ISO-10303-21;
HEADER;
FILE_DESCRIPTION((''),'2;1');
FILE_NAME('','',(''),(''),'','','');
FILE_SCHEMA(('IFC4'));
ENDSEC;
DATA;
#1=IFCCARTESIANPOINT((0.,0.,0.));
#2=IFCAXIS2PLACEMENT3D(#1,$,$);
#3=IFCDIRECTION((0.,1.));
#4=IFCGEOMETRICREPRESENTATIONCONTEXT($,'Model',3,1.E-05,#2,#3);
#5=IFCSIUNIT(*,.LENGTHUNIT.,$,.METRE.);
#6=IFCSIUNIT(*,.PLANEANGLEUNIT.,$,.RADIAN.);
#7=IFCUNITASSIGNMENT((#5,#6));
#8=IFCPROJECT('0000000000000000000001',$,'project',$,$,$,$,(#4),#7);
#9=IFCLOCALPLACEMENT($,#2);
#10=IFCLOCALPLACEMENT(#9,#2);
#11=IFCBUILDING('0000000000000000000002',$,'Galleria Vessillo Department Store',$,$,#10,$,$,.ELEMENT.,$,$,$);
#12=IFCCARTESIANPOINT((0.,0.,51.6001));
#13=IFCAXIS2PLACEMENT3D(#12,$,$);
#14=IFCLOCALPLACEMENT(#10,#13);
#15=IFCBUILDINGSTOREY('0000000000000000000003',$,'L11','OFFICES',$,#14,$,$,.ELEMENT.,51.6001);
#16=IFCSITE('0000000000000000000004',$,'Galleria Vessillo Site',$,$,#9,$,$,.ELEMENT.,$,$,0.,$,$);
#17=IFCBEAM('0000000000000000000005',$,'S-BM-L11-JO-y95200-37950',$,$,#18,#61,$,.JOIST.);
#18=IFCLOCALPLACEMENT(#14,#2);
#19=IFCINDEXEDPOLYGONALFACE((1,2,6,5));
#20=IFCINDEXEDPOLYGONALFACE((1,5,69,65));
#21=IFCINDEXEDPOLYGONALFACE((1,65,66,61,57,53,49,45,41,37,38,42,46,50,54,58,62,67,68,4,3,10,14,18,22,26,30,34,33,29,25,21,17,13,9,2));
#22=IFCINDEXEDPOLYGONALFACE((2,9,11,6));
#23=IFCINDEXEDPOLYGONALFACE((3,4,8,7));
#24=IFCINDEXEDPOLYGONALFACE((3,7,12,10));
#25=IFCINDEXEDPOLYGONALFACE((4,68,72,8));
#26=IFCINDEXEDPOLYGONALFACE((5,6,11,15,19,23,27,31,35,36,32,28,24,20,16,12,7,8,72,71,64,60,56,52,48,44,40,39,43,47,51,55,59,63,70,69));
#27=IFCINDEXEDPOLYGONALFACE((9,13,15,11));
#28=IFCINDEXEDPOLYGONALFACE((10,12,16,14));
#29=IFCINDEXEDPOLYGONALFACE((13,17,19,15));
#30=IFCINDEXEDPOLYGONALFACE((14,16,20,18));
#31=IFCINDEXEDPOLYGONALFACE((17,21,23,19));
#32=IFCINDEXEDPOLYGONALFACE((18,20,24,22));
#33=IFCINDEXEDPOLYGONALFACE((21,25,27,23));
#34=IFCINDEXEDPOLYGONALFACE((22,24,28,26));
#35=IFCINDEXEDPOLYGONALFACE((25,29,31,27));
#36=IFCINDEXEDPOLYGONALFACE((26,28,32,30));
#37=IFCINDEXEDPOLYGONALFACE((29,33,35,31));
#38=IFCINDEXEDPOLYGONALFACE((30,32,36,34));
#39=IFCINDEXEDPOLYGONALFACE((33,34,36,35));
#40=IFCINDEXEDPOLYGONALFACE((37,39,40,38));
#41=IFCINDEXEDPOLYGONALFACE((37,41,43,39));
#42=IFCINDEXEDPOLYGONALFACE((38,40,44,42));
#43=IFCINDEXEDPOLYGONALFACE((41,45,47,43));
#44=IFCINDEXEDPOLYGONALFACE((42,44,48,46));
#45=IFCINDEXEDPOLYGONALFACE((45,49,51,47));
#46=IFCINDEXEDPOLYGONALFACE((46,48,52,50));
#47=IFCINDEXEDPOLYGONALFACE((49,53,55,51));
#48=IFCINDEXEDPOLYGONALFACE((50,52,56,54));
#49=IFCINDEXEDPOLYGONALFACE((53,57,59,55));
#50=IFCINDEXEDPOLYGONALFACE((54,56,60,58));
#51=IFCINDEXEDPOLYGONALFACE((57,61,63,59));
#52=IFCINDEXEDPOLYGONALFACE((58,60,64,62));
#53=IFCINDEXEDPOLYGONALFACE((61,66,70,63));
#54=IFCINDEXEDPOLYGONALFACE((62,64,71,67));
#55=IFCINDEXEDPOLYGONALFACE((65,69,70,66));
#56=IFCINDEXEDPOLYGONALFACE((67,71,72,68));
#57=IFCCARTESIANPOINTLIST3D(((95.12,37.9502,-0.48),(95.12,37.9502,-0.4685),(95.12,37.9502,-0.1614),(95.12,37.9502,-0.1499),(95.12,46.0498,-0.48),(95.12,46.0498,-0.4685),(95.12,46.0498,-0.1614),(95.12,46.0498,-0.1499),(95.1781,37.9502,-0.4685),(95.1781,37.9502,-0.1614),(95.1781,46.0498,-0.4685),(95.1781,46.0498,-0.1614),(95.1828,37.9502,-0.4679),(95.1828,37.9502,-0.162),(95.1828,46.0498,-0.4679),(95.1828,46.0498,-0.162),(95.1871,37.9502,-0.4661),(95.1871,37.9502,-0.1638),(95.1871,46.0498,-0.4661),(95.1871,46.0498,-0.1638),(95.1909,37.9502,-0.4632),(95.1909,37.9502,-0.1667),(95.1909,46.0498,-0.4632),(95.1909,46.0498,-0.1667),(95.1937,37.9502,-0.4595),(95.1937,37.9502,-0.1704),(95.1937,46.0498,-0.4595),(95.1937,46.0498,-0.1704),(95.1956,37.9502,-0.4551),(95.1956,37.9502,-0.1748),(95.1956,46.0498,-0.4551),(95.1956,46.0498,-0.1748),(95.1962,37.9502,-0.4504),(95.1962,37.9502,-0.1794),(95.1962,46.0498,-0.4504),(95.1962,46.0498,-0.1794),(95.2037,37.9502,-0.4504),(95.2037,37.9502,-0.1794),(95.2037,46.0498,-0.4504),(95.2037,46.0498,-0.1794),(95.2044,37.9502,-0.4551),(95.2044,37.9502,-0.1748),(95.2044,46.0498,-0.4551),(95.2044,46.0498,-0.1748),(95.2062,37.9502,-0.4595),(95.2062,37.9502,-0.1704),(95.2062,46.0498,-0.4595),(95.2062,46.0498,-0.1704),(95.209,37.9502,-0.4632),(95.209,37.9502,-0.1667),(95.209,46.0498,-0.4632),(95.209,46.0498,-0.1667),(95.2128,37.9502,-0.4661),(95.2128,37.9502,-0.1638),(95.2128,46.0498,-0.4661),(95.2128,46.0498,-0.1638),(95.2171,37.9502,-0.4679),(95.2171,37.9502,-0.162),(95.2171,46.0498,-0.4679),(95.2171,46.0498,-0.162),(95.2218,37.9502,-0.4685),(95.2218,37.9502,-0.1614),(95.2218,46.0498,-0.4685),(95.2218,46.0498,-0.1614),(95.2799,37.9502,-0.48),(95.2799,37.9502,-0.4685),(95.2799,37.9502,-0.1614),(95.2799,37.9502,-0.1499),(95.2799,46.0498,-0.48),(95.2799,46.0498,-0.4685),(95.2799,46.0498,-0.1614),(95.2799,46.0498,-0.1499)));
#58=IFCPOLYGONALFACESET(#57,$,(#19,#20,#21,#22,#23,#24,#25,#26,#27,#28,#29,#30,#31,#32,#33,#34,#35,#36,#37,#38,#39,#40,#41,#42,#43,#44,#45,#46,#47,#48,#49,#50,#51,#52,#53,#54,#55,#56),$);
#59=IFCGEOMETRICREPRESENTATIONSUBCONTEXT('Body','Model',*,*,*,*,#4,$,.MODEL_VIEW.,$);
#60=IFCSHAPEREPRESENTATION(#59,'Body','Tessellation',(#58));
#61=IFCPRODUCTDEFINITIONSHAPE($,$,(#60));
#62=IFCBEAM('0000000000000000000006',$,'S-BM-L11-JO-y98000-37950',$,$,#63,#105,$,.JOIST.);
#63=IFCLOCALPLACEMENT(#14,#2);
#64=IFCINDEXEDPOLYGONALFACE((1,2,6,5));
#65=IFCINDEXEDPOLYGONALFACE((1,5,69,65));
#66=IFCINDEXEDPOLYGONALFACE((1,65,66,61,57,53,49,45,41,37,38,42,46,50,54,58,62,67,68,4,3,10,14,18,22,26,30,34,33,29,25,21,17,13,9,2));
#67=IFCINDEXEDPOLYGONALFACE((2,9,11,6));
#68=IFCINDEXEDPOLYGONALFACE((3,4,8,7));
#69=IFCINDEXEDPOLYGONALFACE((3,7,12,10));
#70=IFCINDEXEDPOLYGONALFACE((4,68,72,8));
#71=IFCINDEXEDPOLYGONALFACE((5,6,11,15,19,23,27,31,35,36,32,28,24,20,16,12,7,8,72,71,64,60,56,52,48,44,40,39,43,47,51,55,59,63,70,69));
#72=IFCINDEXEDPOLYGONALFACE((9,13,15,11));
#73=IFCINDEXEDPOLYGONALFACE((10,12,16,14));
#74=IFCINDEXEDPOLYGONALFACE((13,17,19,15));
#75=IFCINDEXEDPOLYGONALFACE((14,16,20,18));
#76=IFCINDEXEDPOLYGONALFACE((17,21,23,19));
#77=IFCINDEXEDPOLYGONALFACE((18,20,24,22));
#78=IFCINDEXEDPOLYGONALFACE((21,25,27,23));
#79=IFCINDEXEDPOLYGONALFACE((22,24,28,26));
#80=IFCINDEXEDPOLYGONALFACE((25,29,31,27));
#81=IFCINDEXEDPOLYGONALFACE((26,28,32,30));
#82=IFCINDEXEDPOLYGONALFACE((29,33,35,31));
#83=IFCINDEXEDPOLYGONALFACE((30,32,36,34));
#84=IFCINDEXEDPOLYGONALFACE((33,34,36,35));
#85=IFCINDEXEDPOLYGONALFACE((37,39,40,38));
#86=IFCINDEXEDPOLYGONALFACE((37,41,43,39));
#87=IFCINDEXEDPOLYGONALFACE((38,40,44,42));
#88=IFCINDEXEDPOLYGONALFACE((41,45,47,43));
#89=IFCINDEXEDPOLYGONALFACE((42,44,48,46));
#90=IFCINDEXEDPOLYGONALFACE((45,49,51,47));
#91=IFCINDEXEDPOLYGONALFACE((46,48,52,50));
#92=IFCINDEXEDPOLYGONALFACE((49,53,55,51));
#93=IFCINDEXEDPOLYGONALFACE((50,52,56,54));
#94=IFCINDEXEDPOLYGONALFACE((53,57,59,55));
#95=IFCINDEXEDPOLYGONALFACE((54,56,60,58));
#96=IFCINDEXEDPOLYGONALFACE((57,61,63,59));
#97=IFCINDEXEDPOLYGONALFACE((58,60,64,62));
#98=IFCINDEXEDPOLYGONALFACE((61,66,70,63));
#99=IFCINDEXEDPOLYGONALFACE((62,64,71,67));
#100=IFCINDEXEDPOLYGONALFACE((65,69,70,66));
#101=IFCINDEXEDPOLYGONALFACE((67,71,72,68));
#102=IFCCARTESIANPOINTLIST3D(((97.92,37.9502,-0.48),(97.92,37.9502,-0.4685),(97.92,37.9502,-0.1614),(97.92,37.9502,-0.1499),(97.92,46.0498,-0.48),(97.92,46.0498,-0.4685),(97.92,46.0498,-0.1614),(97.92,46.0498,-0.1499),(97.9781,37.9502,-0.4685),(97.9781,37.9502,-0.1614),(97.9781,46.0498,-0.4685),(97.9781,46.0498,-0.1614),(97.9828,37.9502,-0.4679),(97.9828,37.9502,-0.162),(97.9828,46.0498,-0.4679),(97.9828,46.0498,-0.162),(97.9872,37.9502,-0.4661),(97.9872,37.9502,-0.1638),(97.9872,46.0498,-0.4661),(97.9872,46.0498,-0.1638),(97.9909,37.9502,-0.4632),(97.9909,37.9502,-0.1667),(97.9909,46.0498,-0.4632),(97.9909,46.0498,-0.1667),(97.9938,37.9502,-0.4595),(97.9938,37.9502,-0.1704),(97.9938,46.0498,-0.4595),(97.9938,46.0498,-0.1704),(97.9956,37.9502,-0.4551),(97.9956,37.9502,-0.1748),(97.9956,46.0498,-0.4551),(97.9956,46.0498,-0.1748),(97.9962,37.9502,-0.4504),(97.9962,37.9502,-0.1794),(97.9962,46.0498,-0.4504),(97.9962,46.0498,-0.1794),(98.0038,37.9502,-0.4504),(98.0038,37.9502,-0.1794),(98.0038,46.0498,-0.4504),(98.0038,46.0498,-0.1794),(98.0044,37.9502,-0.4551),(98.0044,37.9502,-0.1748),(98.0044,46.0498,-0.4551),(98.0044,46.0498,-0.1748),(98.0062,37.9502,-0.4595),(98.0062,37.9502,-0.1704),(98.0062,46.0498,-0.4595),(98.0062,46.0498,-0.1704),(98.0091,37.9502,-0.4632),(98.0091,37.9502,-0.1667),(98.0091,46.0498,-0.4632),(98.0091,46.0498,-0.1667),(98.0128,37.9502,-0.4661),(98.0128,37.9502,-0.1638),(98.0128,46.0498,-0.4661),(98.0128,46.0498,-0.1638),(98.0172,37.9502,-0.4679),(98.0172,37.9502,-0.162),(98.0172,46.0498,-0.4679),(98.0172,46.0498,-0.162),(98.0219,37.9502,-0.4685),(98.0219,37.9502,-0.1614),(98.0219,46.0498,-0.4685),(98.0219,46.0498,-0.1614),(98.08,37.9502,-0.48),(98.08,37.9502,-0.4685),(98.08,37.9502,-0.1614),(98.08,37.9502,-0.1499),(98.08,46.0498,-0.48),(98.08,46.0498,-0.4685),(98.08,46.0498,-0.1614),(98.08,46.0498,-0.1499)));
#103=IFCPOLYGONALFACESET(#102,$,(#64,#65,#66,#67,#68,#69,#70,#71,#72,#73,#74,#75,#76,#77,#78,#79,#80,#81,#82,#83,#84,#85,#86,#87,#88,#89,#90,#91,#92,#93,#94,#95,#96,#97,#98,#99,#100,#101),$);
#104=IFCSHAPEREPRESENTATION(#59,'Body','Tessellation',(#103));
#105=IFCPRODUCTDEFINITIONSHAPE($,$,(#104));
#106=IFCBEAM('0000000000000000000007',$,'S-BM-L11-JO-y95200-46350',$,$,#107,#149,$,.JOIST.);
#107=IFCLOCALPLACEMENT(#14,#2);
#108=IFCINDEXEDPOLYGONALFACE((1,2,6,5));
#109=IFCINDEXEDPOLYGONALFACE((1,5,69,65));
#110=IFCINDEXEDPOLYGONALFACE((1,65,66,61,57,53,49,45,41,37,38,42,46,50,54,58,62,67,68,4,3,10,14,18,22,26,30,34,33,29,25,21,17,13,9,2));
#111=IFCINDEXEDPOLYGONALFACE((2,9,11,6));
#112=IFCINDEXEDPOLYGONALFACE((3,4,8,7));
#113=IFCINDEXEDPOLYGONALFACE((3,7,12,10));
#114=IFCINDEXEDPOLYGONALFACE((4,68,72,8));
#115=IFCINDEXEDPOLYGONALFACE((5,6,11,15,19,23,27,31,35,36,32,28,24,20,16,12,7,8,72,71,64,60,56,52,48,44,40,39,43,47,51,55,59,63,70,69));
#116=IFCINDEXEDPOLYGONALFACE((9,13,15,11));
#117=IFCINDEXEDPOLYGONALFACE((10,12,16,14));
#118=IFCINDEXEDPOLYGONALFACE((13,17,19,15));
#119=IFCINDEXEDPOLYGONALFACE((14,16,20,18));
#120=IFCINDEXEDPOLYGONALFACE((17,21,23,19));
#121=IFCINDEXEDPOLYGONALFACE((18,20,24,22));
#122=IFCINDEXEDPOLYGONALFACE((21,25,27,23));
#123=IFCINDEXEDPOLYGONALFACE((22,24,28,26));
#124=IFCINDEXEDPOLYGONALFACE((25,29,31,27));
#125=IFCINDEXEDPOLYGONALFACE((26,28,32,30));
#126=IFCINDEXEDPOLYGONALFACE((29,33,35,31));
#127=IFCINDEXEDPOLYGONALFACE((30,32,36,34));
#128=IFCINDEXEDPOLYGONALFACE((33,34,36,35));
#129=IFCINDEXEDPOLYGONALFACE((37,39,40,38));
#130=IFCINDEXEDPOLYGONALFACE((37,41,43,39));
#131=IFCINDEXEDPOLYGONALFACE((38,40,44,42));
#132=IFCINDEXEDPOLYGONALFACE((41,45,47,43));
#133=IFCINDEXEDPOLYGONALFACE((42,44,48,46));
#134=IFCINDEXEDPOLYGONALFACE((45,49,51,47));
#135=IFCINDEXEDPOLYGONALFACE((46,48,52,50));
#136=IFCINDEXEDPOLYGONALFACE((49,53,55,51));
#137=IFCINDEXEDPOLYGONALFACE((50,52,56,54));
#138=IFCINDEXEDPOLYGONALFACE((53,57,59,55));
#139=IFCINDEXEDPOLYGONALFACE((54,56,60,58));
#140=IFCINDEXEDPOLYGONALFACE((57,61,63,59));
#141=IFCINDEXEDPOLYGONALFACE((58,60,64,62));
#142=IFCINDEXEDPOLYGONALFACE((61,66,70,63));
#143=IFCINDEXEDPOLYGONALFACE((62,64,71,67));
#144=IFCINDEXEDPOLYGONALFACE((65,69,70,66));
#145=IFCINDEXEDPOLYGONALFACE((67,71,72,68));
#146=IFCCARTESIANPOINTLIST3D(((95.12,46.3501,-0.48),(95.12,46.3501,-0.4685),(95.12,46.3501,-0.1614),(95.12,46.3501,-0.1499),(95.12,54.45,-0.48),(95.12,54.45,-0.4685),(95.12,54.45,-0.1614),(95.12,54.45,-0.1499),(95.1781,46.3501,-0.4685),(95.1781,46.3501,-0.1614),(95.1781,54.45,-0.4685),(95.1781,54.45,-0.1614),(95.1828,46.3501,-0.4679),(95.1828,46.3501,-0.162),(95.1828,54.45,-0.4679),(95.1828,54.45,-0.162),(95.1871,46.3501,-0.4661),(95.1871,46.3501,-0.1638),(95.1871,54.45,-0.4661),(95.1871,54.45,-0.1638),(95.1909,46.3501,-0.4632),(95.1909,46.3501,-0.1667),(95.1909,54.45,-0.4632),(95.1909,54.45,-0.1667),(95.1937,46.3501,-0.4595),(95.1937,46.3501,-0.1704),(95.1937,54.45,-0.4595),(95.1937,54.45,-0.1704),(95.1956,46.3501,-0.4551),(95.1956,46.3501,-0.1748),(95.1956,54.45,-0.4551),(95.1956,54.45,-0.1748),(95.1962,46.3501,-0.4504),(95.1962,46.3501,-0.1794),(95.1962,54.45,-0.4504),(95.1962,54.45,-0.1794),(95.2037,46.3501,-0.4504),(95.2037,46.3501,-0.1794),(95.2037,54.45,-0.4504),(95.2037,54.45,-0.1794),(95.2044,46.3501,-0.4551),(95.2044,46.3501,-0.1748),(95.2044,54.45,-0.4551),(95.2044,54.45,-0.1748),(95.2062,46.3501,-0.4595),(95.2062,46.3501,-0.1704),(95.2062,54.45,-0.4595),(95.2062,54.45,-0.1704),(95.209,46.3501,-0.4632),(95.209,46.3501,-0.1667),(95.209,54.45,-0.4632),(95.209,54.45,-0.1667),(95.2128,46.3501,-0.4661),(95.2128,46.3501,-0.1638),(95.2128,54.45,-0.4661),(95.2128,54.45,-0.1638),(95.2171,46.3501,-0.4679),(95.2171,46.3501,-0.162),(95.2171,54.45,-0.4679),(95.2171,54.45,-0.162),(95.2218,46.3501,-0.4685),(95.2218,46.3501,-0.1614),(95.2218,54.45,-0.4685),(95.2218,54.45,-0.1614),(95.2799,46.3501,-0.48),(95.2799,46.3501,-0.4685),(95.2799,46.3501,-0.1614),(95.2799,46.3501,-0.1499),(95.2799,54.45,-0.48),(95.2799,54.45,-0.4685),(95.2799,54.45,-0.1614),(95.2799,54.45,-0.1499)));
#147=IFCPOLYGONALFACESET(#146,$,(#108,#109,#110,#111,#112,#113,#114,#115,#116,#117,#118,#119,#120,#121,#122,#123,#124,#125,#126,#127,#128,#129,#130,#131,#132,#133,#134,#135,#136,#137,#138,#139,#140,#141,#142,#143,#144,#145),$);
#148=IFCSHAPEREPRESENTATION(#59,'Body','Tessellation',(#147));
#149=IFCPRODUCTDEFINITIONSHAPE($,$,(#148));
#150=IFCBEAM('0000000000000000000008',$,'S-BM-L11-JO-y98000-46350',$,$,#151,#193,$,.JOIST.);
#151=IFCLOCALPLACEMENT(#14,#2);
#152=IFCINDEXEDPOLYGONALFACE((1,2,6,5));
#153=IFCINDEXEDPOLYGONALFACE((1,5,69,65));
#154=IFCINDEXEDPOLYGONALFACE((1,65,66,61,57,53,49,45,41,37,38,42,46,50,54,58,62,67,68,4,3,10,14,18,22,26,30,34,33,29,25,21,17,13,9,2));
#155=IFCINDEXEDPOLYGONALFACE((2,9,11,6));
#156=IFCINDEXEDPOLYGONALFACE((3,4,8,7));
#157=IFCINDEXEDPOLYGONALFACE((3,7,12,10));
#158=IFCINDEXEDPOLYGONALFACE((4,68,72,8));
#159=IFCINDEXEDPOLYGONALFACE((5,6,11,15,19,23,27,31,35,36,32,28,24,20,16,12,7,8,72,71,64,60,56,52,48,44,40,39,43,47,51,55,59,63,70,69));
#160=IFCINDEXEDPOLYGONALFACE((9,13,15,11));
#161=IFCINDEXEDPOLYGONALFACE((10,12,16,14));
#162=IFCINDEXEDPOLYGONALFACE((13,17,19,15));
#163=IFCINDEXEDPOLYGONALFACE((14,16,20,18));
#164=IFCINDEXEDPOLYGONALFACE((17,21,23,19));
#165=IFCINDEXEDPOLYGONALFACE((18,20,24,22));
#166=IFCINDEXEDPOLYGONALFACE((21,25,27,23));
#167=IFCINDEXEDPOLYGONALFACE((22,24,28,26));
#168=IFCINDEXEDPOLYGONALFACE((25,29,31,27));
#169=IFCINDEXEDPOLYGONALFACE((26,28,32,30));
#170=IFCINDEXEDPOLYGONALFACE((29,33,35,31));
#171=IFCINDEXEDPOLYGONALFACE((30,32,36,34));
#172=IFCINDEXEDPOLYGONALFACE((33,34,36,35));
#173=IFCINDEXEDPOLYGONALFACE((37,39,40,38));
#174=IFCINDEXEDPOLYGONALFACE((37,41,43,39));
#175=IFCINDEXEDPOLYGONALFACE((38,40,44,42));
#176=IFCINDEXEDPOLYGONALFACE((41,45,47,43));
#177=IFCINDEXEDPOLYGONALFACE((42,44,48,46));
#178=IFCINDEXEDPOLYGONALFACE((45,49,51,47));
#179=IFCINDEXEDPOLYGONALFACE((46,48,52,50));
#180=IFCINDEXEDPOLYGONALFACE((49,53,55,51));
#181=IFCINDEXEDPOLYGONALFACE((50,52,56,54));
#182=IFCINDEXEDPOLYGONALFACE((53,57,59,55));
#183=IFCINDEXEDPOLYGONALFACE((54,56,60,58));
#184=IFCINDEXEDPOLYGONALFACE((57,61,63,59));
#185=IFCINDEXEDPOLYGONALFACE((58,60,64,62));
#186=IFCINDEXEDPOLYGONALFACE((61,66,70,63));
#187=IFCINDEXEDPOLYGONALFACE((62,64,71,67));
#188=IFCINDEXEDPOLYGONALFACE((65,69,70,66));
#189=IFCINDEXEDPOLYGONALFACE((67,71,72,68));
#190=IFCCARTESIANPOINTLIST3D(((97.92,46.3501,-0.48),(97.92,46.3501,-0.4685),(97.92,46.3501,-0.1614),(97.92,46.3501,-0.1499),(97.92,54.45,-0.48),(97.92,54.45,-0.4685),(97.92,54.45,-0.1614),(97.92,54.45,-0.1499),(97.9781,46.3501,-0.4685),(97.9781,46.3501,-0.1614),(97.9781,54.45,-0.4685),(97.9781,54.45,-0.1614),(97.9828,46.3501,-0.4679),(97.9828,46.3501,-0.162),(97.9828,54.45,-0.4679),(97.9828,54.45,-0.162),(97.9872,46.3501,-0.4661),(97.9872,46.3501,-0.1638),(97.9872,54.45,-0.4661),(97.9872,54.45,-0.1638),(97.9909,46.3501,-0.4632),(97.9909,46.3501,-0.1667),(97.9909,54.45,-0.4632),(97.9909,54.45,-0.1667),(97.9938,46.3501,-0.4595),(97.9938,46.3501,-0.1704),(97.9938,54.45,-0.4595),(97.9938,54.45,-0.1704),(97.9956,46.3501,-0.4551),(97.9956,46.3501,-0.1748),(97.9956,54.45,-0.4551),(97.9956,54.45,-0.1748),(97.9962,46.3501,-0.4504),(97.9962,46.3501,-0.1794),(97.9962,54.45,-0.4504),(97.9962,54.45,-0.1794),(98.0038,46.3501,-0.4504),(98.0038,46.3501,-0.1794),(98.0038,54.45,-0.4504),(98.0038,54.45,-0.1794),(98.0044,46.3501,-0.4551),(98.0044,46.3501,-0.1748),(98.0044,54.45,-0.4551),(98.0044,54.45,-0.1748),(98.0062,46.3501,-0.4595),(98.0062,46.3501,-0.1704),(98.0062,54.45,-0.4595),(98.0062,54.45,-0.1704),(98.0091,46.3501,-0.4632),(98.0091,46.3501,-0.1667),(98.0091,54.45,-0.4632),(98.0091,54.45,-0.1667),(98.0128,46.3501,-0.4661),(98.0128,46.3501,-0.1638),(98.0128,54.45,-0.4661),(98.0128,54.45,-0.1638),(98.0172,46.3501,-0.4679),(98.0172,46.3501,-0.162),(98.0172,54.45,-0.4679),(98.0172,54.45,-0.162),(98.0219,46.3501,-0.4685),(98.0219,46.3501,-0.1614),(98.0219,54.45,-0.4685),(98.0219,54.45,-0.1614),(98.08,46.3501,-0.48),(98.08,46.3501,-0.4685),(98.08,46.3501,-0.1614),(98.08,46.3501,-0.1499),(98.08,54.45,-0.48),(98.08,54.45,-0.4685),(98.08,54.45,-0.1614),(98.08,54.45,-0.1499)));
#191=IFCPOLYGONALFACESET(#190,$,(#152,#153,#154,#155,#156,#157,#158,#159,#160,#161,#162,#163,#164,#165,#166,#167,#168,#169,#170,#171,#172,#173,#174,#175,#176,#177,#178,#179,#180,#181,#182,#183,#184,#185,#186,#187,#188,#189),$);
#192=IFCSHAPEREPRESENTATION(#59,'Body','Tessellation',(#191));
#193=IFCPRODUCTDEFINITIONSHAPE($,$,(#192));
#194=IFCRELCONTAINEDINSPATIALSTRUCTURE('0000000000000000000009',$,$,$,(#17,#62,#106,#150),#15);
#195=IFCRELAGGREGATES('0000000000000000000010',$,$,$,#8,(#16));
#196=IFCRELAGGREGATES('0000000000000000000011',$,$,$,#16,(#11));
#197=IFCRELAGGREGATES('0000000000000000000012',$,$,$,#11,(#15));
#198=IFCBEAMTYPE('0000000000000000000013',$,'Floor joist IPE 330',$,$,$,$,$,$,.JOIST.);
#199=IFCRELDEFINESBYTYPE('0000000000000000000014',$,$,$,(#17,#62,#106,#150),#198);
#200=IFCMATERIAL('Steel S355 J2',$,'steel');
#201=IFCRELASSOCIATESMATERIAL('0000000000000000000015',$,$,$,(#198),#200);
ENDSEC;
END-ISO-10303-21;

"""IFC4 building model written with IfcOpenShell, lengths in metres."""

from ifc_helpers import new_model, si_unit, direction, frame, origin, origin_2d, place, context, subcontext, project, spatial, i_section, extrude, material, material_profile, profile_set, type_object, element, save


model = new_model("IFC4")

# Units and contexts
model_context = context("Model", 3, precision=1e-05, world=origin(), true_north=direction((0.0, 1.0)))
body_context = subcontext(model_context, "Body", "Model", "MODEL_VIEW")
ifc_project = project(units=[si_unit("LENGTHUNIT", "METRE"), si_unit("PLANEANGLEUNIT", "RADIAN")], contexts=[model_context])

# Site, building, storey
site_placement = place(None, origin())
site = spatial("IfcSite", under=ifc_project, at=site_placement, Name="Galleria Vessillo Site", CompositionType="ELEMENT", RefElevation=0.0)
building_placement = place(site_placement, origin())
building = spatial("IfcBuilding", under=site, at=building_placement, Name="Galleria Vessillo Department Store", CompositionType="ELEMENT")
storey_placement = place(building_placement, frame((0.0, 0.0, 51.6001)))
storey = spatial("IfcBuildingStorey", under=building, at=storey_placement, Name="L11", Description="OFFICES", CompositionType="ELEMENT", Elevation=51.6001)

# Beams
ifc_material_1 = material(Name="Steel S355 J2", Category="steel")
ifc_material_profile_1 = material_profile(ifc_material_1, i_section(OverallWidth=0.1599, OverallDepth=0.3301, WebThickness=0.0076, FlangeThickness=0.0115, FilletRadius=0.0181, at=origin_2d()), Name="IPE 330")
ifc_profile_set_1 = profile_set([ifc_material_profile_1], Name="Steel S355 J2")
beam_type_1 = type_object("IfcBeamType", Name="Floor joist IPE 330", PredefinedType="JOIST", material=ifc_profile_set_1)
for number, where, z_axis, x_axis, name in (
    (1, (95.2, 37.9502, -0.3149), (0.0, 1.0, 0.0), (-1.0, 0.0, 0.0), "S-BM-L11-JO-y95200-37950"),
    (2, (98.0, 37.9502, -0.3149), (0.0, 1.0, 0.0), (-1.0, 0.0, 0.0), "S-BM-L11-JO-y98000-37950"),
):
    element("IfcBeam", number, at=place(storey_placement, frame(where, z_axis=z_axis, x_axis=x_axis)), inside=storey, type_object=beam_type_1, Name=name, PredefinedType="JOIST", context=body_context, shape_type="SweptSolid", body=[
        extrude(i_section(OverallWidth=0.1599, OverallDepth=0.3301, WebThickness=0.0076, FlangeThickness=0.0115, FilletRadius=0.0181, at=origin_2d()), origin(), (0.0, 0.0, 1.0), 8.0996),
    ])
for number, where, z_axis, x_axis, name in (
    (3, (95.2, 46.3501, -0.3149), (0.0, 1.0, 0.0), (-1.0, 0.0, 0.0), "S-BM-L11-JO-y95200-46350"),
    (4, (98.0, 46.3501, -0.3149), (0.0, 1.0, 0.0), (-1.0, 0.0, 0.0), "S-BM-L11-JO-y98000-46350"),
):
    element("IfcBeam", number, at=place(storey_placement, frame(where, z_axis=z_axis, x_axis=x_axis)), inside=storey, type_object=beam_type_1, Name=name, PredefinedType="JOIST", context=body_context, shape_type="SweptSolid", body=[
        extrude(i_section(OverallWidth=0.1599, OverallDepth=0.3301, WebThickness=0.0076, FlangeThickness=0.0115, FilletRadius=0.0181, at=origin_2d()), origin(), (0.0, 0.0, 1.0), 8.0999),
    ])

save(model, "model.ifc")
